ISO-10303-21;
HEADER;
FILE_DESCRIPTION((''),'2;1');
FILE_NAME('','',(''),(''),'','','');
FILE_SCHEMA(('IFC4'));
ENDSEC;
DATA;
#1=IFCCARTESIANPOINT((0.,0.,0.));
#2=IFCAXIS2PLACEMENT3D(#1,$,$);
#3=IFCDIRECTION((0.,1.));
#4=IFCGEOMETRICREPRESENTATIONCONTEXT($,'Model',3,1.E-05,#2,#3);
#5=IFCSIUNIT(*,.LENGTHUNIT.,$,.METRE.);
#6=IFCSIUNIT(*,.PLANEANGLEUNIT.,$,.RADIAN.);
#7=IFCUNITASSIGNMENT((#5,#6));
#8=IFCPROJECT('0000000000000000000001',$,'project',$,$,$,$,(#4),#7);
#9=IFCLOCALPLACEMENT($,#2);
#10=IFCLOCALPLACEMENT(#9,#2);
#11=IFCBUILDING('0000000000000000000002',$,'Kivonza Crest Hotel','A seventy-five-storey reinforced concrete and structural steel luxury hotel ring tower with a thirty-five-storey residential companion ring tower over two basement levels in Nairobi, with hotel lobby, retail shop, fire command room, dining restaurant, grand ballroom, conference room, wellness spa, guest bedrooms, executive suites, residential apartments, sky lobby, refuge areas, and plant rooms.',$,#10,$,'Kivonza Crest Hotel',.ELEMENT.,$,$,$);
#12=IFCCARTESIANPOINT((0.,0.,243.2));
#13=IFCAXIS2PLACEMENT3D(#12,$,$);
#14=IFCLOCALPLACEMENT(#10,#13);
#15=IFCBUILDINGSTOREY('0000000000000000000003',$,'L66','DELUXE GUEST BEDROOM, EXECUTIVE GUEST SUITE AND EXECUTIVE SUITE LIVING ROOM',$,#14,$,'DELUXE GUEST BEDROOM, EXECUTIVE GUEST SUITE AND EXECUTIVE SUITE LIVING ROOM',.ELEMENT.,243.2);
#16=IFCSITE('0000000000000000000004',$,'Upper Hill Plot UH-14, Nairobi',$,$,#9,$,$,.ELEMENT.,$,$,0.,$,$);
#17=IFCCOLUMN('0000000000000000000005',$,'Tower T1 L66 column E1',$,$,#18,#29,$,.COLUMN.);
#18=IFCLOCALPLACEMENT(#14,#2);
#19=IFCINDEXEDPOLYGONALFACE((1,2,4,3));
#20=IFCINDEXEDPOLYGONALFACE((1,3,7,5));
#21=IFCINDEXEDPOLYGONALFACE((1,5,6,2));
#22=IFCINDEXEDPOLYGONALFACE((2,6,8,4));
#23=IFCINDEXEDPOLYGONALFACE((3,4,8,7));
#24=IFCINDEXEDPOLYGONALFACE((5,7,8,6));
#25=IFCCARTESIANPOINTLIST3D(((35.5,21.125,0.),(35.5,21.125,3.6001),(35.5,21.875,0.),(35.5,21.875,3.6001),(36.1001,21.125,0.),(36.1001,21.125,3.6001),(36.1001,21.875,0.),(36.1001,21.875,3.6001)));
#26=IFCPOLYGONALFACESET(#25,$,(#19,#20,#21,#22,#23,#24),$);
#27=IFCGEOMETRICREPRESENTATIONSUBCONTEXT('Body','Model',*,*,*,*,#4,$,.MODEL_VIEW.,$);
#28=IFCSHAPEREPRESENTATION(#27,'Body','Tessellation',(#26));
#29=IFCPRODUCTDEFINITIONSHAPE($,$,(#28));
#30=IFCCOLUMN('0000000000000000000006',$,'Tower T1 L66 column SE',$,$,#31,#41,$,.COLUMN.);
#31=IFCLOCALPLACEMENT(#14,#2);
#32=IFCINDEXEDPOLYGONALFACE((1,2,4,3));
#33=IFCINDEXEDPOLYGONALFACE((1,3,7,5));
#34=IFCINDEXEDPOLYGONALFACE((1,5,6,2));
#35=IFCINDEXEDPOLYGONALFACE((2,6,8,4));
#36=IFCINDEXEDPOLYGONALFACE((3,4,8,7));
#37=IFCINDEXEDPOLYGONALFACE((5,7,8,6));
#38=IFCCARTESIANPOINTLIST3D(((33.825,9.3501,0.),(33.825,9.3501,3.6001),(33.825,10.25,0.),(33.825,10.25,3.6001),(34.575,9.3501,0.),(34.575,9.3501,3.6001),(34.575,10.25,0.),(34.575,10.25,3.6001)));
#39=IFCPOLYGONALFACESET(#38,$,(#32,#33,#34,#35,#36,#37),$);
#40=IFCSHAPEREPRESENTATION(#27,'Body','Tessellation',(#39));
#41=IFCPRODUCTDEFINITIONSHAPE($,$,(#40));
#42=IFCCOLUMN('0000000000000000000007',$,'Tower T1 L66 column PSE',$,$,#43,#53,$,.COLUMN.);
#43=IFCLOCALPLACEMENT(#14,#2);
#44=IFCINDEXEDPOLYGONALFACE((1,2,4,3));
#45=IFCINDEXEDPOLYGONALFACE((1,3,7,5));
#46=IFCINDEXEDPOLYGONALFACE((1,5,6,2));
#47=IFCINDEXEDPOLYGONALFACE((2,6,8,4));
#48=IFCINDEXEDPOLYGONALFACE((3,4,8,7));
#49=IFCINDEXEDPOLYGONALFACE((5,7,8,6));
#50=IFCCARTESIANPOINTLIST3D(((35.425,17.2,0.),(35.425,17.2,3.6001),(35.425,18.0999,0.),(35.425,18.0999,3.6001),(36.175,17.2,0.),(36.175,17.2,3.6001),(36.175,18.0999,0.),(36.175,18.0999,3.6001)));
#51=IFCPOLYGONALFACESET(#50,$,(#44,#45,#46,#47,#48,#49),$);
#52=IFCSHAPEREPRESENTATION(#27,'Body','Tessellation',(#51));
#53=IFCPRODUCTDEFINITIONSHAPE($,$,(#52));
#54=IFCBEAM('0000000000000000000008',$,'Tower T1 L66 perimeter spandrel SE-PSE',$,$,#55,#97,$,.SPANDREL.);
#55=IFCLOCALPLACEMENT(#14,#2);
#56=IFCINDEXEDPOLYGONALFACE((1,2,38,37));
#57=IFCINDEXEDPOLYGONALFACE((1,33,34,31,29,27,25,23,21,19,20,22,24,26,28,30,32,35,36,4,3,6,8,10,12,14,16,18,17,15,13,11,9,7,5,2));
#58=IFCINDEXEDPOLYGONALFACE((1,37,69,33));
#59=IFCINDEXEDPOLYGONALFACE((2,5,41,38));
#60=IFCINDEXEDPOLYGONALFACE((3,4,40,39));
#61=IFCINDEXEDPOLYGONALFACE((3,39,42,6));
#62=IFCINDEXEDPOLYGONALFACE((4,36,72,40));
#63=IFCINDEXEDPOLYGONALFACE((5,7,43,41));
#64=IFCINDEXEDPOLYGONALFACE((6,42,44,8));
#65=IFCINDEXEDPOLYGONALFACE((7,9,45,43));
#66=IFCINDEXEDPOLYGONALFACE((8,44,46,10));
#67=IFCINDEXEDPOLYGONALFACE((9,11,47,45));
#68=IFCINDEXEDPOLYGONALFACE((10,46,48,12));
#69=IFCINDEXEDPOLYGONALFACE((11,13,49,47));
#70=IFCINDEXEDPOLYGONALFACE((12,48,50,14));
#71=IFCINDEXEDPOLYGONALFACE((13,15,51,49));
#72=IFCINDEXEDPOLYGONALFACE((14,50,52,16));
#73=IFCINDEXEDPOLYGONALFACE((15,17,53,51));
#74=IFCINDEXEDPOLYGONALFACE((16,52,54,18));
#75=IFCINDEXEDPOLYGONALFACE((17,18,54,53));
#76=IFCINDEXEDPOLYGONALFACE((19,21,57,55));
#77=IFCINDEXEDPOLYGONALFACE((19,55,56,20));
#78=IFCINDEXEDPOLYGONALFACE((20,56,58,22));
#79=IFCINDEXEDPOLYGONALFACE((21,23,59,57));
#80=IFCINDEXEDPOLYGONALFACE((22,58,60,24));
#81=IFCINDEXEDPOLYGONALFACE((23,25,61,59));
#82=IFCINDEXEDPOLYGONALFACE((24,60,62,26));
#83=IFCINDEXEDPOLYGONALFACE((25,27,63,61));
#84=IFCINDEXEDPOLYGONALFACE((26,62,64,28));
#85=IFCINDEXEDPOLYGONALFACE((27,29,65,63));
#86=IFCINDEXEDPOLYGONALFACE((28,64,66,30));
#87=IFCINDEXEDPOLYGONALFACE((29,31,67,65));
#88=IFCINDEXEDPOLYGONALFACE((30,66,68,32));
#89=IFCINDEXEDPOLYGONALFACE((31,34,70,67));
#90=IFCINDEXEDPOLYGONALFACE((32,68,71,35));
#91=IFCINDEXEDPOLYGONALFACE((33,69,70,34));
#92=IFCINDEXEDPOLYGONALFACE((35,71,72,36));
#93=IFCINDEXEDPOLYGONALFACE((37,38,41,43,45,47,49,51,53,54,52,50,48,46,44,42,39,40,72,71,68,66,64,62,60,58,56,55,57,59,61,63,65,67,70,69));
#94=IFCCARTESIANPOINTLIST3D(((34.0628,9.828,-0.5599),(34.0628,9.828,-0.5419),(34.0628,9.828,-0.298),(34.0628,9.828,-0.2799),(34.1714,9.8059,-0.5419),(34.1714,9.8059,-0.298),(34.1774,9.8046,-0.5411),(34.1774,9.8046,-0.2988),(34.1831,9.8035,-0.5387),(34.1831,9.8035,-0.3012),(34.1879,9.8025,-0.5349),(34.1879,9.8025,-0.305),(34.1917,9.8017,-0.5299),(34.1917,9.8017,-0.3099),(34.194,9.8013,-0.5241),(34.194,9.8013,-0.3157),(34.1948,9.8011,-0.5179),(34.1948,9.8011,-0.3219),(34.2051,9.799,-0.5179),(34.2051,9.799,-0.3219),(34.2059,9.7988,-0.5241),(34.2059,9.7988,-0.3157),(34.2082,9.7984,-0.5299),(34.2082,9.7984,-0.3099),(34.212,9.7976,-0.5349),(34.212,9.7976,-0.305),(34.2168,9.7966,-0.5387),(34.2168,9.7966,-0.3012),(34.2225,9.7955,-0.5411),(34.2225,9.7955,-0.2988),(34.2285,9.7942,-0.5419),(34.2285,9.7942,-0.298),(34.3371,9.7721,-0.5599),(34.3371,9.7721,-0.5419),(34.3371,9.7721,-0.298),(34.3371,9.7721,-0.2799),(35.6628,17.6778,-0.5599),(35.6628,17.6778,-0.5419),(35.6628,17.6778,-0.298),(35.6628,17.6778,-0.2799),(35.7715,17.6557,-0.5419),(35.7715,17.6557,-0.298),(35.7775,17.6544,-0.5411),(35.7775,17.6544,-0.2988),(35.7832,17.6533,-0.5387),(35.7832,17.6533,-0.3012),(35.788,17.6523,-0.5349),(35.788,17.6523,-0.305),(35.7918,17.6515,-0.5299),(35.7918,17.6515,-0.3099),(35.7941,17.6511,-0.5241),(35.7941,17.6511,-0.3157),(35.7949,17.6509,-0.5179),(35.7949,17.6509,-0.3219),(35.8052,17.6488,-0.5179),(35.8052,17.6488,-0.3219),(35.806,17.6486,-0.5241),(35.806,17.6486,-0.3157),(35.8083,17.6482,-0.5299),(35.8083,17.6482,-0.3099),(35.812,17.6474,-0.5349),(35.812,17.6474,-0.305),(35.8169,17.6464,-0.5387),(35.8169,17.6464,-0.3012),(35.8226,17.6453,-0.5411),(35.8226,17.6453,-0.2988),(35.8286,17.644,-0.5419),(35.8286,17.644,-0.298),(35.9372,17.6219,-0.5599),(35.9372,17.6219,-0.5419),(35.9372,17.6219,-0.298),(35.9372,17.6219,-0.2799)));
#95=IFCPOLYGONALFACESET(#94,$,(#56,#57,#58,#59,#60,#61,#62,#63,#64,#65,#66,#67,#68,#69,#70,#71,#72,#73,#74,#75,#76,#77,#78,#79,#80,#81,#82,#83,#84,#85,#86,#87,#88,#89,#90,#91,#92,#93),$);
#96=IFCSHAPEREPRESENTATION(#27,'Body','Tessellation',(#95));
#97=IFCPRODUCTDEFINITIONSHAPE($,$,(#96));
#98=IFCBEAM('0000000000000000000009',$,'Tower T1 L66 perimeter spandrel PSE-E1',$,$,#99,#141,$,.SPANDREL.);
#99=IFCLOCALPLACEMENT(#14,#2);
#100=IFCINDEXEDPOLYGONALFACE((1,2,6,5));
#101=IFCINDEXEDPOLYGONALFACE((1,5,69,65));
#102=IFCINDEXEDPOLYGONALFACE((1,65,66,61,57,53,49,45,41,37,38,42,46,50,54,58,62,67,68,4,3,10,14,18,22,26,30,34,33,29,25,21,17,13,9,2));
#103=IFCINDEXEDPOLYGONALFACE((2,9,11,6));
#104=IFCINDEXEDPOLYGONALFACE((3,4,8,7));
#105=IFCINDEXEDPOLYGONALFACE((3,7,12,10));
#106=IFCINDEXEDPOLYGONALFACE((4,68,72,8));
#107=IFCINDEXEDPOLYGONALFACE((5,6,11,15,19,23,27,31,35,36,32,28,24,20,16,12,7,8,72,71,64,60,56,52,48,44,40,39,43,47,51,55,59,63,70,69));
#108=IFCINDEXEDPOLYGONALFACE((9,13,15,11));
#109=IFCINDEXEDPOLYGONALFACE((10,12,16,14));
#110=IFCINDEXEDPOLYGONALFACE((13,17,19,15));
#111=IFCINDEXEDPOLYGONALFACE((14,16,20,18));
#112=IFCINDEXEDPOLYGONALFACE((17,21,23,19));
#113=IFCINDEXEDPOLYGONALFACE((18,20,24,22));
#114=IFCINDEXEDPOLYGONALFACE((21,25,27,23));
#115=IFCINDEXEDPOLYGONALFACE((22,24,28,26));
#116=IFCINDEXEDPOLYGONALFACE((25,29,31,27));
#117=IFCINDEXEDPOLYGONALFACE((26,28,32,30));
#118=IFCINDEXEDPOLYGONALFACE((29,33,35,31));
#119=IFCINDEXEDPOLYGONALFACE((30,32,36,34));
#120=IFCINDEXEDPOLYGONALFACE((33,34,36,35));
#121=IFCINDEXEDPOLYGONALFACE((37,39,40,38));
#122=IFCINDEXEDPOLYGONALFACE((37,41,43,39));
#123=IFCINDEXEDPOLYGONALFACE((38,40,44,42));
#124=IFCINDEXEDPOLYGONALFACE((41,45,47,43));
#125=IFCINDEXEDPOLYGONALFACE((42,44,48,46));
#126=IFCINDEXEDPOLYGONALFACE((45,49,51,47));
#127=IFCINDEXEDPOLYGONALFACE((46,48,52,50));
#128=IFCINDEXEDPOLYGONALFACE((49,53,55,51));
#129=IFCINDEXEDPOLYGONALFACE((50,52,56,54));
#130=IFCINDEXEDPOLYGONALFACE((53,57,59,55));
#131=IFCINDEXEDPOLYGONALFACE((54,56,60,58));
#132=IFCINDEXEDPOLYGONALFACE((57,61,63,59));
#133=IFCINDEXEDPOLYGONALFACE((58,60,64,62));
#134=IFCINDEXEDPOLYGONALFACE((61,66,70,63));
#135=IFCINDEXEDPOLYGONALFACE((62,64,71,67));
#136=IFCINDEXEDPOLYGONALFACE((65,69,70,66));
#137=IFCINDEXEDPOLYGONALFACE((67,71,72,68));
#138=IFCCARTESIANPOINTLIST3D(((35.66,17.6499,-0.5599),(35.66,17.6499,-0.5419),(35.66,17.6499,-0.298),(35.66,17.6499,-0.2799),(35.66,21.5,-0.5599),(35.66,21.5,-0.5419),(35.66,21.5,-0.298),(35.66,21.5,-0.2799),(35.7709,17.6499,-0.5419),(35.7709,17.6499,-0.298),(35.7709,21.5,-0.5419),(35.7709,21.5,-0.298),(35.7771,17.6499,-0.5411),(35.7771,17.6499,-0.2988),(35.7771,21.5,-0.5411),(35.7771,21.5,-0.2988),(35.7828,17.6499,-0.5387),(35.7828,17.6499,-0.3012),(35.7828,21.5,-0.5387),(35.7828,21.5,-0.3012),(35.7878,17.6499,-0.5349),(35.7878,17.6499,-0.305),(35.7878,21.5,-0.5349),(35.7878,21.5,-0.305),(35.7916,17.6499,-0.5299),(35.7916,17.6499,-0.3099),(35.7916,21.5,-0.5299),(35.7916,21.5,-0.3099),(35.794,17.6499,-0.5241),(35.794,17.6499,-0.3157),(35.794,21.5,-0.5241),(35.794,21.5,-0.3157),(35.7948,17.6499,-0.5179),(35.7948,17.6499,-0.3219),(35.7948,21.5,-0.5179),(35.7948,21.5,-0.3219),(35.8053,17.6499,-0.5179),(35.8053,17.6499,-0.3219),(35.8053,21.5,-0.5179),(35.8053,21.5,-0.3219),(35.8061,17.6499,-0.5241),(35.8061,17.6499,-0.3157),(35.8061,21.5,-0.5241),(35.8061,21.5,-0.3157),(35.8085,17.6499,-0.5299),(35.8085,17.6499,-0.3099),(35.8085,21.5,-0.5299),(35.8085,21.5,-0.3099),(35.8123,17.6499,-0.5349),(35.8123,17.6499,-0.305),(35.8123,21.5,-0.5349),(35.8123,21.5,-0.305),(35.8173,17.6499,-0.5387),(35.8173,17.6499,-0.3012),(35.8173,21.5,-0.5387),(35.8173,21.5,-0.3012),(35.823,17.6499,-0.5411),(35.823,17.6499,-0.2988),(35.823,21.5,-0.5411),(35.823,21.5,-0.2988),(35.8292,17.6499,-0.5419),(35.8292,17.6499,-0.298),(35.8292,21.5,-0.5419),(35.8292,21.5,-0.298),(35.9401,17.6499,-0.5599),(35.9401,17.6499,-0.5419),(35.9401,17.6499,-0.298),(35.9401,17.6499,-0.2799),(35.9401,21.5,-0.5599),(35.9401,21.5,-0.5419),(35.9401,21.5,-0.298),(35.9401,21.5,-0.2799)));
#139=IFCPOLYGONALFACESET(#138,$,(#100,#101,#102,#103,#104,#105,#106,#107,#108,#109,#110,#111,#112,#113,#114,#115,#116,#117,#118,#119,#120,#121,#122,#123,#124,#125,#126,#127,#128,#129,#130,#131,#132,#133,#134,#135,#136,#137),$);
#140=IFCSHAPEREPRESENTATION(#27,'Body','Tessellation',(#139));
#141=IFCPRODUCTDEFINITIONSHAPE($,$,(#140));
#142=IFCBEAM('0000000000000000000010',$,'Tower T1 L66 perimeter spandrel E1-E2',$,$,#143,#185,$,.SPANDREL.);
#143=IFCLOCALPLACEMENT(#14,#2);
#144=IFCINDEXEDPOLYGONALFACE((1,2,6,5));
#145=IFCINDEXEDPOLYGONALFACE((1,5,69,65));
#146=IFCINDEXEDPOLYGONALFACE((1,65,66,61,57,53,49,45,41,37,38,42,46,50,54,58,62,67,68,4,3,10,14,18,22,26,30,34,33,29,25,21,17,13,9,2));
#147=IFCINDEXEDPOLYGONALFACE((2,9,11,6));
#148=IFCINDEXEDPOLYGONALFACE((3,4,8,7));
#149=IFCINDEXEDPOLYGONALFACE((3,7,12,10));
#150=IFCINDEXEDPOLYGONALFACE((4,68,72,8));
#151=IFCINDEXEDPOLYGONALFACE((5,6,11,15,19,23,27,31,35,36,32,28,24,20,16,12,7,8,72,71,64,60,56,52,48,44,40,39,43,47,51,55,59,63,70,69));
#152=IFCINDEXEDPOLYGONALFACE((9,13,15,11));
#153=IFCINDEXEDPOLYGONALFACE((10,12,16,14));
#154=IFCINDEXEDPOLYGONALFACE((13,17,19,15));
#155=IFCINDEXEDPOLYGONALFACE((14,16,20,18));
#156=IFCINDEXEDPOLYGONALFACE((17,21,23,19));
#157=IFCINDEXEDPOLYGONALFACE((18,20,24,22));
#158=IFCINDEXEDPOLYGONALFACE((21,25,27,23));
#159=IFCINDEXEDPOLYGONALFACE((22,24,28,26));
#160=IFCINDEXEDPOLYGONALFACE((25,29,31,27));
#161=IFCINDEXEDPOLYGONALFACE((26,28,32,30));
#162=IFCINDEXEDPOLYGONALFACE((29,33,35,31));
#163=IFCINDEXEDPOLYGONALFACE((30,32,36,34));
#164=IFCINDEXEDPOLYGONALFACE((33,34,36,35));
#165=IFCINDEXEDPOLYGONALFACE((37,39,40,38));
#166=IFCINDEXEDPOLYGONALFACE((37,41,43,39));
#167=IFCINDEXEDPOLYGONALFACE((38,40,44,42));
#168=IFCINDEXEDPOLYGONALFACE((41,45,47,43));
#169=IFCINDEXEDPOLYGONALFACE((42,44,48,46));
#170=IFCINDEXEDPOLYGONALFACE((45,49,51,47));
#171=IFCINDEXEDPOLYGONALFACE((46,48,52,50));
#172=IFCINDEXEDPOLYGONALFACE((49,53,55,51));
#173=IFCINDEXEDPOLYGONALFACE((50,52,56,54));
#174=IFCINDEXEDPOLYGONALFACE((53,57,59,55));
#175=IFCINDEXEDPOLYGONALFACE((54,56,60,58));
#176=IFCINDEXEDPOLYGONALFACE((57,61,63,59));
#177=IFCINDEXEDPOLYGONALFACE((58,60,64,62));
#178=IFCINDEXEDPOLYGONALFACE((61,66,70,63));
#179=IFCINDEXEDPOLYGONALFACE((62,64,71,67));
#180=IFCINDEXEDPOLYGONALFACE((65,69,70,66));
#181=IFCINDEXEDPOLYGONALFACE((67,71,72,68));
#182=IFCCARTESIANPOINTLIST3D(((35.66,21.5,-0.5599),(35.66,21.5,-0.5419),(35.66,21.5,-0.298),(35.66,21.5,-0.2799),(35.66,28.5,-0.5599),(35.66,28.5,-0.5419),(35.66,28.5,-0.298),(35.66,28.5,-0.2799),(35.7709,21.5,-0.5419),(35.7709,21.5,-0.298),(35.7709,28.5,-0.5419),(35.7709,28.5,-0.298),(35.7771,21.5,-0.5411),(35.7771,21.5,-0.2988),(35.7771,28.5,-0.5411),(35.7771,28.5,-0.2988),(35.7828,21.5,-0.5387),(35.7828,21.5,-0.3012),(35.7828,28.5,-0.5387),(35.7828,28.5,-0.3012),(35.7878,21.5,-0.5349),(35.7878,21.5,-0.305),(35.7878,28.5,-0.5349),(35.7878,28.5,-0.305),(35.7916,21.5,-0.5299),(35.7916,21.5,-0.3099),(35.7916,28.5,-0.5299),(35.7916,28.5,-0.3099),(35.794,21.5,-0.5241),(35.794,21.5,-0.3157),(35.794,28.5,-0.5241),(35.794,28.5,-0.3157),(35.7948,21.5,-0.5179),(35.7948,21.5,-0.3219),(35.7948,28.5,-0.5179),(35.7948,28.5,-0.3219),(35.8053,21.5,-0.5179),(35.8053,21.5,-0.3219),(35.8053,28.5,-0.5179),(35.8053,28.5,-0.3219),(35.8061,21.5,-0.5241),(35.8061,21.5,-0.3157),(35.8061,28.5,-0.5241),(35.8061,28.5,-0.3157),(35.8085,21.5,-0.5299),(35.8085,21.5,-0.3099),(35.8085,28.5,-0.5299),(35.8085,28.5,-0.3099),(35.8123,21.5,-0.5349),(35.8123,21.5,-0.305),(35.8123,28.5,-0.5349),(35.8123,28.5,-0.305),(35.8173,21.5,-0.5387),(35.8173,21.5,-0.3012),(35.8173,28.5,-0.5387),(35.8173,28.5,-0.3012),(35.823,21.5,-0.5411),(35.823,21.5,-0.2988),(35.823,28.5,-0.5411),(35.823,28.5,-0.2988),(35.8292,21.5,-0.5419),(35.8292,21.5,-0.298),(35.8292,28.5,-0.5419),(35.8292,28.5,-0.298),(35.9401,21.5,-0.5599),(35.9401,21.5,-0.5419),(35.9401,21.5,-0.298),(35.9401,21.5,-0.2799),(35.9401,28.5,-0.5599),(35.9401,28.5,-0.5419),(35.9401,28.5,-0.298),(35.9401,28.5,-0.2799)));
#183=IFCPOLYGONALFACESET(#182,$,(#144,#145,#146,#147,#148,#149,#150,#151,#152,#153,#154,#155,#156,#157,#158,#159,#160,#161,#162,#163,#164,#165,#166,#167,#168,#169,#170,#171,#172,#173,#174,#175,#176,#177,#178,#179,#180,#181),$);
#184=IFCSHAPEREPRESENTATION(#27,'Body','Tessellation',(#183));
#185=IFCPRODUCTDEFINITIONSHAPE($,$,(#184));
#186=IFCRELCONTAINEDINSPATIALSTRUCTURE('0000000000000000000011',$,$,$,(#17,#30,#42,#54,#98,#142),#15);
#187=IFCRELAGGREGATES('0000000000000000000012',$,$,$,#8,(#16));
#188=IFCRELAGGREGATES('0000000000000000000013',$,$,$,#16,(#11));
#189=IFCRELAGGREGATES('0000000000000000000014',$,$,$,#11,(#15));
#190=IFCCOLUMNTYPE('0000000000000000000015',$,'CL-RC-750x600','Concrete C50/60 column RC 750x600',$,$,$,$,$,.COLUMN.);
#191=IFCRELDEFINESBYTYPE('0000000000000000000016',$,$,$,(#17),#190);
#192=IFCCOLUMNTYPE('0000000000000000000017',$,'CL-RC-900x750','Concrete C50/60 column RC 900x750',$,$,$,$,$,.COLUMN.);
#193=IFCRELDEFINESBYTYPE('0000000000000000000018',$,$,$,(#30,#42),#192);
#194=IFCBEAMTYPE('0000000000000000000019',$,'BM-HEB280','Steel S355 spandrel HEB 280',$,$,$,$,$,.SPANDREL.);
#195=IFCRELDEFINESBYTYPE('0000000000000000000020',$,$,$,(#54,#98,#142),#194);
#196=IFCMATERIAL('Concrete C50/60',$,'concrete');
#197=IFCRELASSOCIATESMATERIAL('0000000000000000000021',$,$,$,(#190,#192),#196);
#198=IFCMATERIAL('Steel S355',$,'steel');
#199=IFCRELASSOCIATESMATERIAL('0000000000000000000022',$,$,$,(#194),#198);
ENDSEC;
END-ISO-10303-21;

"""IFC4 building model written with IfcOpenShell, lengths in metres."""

from ifc_helpers import new_model, si_unit, direction, frame, origin, origin_2d, place, context, subcontext, project, spatial, rectangle, i_section, extrude, material, material_profile, profile_set, type_object, element, save


model = new_model("IFC4")

# Units and contexts
model_context = context("Model", 3, precision=1e-05, world=origin(), true_north=direction((0.0, 1.0)))
body_context = subcontext(model_context, "Body", "Model", "MODEL_VIEW")
ifc_project = project(units=[si_unit("LENGTHUNIT", "METRE"), si_unit("PLANEANGLEUNIT", "RADIAN")], contexts=[model_context])

# Site, building, storey
site_placement = place(None, origin())
site = spatial("IfcSite", under=ifc_project, at=site_placement, Name="Upper Hill Plot UH-14, Nairobi", CompositionType="ELEMENT", RefElevation=0.0)
building_placement = place(site_placement, origin())
building = spatial("IfcBuilding", under=site, at=building_placement, Name="Kivonza Crest Hotel", Description="A seventy-five-storey reinforced concrete and structural steel luxury hotel ring tower with a thirty-five-storey residential companion ring tower over two basement levels in Nairobi, with hotel lobby, retail shop, fire command room, dining restaurant, grand ballroom, conference room, wellness spa, guest bedrooms, executive suites, residential apartments, sky lobby, refuge areas, and plant rooms.", LongName="Kivonza Crest Hotel", CompositionType="ELEMENT")
storey_placement = place(building_placement, frame((0.0, 0.0, 243.2)))
storey = spatial("IfcBuildingStorey", under=building, at=storey_placement, Name="L66", Description="DELUXE GUEST BEDROOM, EXECUTIVE GUEST SUITE AND EXECUTIVE SUITE LIVING ROOM", LongName="DELUXE GUEST BEDROOM, EXECUTIVE GUEST SUITE AND EXECUTIVE SUITE LIVING ROOM", CompositionType="ELEMENT", Elevation=243.2)

# Columns
ifc_material_1 = material(Name="Concrete C50/60", Category="concrete")
ifc_material_profile_1 = material_profile(ifc_material_1, rectangle(XDim=0.6001, YDim=0.75, at=origin_2d()), Name="RC 750x600")
ifc_profile_set_1 = profile_set([ifc_material_profile_1], Name="Concrete C50/60")
column_type_1 = type_object("IfcColumnType", Name="CL-RC-750x600", Description="Concrete C50/60 column RC 750x600", PredefinedType="COLUMN", material=ifc_profile_set_1)
column_placement = place(storey_placement, frame((35.8, 21.5, 0.0), z_axis=(0.0, 0.0, 1.0), x_axis=(1.0, 0.0, 0.0)))
element("IfcColumn", 1, at=column_placement, inside=storey, type_object=column_type_1, Name="Tower T1 L66 column E1", PredefinedType="COLUMN", context=body_context, shape_type="SweptSolid", body=[
    extrude(rectangle(XDim=0.6001, YDim=0.75, at=origin_2d()), origin(), (0.0, 0.0, 1.0), 3.6001),
])
ifc_material_profile_2 = material_profile(ifc_material_1, rectangle(XDim=0.75, YDim=0.8999, at=origin_2d()), Name="RC 900x750")
ifc_profile_set_2 = profile_set([ifc_material_profile_2], Name="Concrete C50/60")
column_type_2 = type_object("IfcColumnType", Name="CL-RC-900x750", Description="Concrete C50/60 column RC 900x750", PredefinedType="COLUMN", material=ifc_profile_set_2)
for number, where, z_axis, x_axis, name in (
    (2, (34.2, 9.8, 0.0), (0.0, 0.0, 1.0), (1.0, 0.0, 0.0), "Tower T1 L66 column SE"),
    (3, (35.8, 17.6499, 0.0), (0.0, 0.0, 1.0), (1.0, 0.0, 0.0), "Tower T1 L66 column PSE"),
):
    element("IfcColumn", number, at=place(storey_placement, frame(where, z_axis=z_axis, x_axis=x_axis)), inside=storey, type_object=column_type_2, Name=name, PredefinedType="COLUMN", context=body_context, shape_type="SweptSolid", body=[
        extrude(rectangle(XDim=0.75, YDim=0.8999, at=origin_2d()), origin(), (0.0, 0.0, 1.0), 3.6001),
    ])

# Beams
ifc_material_2 = material(Name="Steel S355", Category="steel")
ifc_material_profile_3 = material_profile(ifc_material_2, i_section(OverallWidth=0.28, OverallDepth=0.28, WebThickness=0.0105, FlangeThickness=0.0181, FilletRadius=0.0239, at=origin_2d()), Name="HEB 280")
ifc_profile_set_3 = profile_set([ifc_material_profile_3], Name="Steel S355")
beam_type_1 = type_object("IfcBeamType", Name="BM-HEB280", Description="Steel S355 spandrel HEB 280", PredefinedType="SPANDREL", material=ifc_profile_set_3)
beam_1_placement = place(storey_placement, frame((34.2, 9.8, -0.4199), z_axis=(0.199731, 0.979851, 0.0), x_axis=(-0.979851, 0.199731, 0.0)))
element("IfcBeam", 4, at=beam_1_placement, inside=storey, type_object=beam_type_1, Name="Tower T1 L66 perimeter spandrel SE-PSE", PredefinedType="SPANDREL", context=body_context, shape_type="SweptSolid", body=[
    extrude(i_section(OverallWidth=0.28, OverallDepth=0.28, WebThickness=0.0105, FlangeThickness=0.0181, FilletRadius=0.0239, at=origin_2d()), origin(), (0.0, 0.0, 1.0), 8.0112),
])
beam_2_placement = place(storey_placement, frame((35.8, 17.6499, -0.4199), z_axis=(0.0, 1.0, 0.0), x_axis=(-1.0, 0.0, 0.0)))
element("IfcBeam", 5, at=beam_2_placement, inside=storey, type_object=beam_type_1, Name="Tower T1 L66 perimeter spandrel PSE-E1", PredefinedType="SPANDREL", context=body_context, shape_type="SweptSolid", body=[
    extrude(i_section(OverallWidth=0.28, OverallDepth=0.28, WebThickness=0.0105, FlangeThickness=0.0181, FilletRadius=0.0239, at=origin_2d()), origin(), (0.0, 0.0, 1.0), 3.8501),
])
beam_3_placement = place(storey_placement, frame((35.8, 21.5, -0.4199), z_axis=(0.0, 1.0, 0.0), x_axis=(-1.0, 0.0, 0.0)))
element("IfcBeam", 6, at=beam_3_placement, inside=storey, type_object=beam_type_1, Name="Tower T1 L66 perimeter spandrel E1-E2", PredefinedType="SPANDREL", context=body_context, shape_type="SweptSolid", body=[
    extrude(i_section(OverallWidth=0.28, OverallDepth=0.28, WebThickness=0.0105, FlangeThickness=0.0181, FilletRadius=0.0239, at=origin_2d()), origin(), (0.0, 0.0, 1.0), 7.0),
])

save(model, "model.ifc")
